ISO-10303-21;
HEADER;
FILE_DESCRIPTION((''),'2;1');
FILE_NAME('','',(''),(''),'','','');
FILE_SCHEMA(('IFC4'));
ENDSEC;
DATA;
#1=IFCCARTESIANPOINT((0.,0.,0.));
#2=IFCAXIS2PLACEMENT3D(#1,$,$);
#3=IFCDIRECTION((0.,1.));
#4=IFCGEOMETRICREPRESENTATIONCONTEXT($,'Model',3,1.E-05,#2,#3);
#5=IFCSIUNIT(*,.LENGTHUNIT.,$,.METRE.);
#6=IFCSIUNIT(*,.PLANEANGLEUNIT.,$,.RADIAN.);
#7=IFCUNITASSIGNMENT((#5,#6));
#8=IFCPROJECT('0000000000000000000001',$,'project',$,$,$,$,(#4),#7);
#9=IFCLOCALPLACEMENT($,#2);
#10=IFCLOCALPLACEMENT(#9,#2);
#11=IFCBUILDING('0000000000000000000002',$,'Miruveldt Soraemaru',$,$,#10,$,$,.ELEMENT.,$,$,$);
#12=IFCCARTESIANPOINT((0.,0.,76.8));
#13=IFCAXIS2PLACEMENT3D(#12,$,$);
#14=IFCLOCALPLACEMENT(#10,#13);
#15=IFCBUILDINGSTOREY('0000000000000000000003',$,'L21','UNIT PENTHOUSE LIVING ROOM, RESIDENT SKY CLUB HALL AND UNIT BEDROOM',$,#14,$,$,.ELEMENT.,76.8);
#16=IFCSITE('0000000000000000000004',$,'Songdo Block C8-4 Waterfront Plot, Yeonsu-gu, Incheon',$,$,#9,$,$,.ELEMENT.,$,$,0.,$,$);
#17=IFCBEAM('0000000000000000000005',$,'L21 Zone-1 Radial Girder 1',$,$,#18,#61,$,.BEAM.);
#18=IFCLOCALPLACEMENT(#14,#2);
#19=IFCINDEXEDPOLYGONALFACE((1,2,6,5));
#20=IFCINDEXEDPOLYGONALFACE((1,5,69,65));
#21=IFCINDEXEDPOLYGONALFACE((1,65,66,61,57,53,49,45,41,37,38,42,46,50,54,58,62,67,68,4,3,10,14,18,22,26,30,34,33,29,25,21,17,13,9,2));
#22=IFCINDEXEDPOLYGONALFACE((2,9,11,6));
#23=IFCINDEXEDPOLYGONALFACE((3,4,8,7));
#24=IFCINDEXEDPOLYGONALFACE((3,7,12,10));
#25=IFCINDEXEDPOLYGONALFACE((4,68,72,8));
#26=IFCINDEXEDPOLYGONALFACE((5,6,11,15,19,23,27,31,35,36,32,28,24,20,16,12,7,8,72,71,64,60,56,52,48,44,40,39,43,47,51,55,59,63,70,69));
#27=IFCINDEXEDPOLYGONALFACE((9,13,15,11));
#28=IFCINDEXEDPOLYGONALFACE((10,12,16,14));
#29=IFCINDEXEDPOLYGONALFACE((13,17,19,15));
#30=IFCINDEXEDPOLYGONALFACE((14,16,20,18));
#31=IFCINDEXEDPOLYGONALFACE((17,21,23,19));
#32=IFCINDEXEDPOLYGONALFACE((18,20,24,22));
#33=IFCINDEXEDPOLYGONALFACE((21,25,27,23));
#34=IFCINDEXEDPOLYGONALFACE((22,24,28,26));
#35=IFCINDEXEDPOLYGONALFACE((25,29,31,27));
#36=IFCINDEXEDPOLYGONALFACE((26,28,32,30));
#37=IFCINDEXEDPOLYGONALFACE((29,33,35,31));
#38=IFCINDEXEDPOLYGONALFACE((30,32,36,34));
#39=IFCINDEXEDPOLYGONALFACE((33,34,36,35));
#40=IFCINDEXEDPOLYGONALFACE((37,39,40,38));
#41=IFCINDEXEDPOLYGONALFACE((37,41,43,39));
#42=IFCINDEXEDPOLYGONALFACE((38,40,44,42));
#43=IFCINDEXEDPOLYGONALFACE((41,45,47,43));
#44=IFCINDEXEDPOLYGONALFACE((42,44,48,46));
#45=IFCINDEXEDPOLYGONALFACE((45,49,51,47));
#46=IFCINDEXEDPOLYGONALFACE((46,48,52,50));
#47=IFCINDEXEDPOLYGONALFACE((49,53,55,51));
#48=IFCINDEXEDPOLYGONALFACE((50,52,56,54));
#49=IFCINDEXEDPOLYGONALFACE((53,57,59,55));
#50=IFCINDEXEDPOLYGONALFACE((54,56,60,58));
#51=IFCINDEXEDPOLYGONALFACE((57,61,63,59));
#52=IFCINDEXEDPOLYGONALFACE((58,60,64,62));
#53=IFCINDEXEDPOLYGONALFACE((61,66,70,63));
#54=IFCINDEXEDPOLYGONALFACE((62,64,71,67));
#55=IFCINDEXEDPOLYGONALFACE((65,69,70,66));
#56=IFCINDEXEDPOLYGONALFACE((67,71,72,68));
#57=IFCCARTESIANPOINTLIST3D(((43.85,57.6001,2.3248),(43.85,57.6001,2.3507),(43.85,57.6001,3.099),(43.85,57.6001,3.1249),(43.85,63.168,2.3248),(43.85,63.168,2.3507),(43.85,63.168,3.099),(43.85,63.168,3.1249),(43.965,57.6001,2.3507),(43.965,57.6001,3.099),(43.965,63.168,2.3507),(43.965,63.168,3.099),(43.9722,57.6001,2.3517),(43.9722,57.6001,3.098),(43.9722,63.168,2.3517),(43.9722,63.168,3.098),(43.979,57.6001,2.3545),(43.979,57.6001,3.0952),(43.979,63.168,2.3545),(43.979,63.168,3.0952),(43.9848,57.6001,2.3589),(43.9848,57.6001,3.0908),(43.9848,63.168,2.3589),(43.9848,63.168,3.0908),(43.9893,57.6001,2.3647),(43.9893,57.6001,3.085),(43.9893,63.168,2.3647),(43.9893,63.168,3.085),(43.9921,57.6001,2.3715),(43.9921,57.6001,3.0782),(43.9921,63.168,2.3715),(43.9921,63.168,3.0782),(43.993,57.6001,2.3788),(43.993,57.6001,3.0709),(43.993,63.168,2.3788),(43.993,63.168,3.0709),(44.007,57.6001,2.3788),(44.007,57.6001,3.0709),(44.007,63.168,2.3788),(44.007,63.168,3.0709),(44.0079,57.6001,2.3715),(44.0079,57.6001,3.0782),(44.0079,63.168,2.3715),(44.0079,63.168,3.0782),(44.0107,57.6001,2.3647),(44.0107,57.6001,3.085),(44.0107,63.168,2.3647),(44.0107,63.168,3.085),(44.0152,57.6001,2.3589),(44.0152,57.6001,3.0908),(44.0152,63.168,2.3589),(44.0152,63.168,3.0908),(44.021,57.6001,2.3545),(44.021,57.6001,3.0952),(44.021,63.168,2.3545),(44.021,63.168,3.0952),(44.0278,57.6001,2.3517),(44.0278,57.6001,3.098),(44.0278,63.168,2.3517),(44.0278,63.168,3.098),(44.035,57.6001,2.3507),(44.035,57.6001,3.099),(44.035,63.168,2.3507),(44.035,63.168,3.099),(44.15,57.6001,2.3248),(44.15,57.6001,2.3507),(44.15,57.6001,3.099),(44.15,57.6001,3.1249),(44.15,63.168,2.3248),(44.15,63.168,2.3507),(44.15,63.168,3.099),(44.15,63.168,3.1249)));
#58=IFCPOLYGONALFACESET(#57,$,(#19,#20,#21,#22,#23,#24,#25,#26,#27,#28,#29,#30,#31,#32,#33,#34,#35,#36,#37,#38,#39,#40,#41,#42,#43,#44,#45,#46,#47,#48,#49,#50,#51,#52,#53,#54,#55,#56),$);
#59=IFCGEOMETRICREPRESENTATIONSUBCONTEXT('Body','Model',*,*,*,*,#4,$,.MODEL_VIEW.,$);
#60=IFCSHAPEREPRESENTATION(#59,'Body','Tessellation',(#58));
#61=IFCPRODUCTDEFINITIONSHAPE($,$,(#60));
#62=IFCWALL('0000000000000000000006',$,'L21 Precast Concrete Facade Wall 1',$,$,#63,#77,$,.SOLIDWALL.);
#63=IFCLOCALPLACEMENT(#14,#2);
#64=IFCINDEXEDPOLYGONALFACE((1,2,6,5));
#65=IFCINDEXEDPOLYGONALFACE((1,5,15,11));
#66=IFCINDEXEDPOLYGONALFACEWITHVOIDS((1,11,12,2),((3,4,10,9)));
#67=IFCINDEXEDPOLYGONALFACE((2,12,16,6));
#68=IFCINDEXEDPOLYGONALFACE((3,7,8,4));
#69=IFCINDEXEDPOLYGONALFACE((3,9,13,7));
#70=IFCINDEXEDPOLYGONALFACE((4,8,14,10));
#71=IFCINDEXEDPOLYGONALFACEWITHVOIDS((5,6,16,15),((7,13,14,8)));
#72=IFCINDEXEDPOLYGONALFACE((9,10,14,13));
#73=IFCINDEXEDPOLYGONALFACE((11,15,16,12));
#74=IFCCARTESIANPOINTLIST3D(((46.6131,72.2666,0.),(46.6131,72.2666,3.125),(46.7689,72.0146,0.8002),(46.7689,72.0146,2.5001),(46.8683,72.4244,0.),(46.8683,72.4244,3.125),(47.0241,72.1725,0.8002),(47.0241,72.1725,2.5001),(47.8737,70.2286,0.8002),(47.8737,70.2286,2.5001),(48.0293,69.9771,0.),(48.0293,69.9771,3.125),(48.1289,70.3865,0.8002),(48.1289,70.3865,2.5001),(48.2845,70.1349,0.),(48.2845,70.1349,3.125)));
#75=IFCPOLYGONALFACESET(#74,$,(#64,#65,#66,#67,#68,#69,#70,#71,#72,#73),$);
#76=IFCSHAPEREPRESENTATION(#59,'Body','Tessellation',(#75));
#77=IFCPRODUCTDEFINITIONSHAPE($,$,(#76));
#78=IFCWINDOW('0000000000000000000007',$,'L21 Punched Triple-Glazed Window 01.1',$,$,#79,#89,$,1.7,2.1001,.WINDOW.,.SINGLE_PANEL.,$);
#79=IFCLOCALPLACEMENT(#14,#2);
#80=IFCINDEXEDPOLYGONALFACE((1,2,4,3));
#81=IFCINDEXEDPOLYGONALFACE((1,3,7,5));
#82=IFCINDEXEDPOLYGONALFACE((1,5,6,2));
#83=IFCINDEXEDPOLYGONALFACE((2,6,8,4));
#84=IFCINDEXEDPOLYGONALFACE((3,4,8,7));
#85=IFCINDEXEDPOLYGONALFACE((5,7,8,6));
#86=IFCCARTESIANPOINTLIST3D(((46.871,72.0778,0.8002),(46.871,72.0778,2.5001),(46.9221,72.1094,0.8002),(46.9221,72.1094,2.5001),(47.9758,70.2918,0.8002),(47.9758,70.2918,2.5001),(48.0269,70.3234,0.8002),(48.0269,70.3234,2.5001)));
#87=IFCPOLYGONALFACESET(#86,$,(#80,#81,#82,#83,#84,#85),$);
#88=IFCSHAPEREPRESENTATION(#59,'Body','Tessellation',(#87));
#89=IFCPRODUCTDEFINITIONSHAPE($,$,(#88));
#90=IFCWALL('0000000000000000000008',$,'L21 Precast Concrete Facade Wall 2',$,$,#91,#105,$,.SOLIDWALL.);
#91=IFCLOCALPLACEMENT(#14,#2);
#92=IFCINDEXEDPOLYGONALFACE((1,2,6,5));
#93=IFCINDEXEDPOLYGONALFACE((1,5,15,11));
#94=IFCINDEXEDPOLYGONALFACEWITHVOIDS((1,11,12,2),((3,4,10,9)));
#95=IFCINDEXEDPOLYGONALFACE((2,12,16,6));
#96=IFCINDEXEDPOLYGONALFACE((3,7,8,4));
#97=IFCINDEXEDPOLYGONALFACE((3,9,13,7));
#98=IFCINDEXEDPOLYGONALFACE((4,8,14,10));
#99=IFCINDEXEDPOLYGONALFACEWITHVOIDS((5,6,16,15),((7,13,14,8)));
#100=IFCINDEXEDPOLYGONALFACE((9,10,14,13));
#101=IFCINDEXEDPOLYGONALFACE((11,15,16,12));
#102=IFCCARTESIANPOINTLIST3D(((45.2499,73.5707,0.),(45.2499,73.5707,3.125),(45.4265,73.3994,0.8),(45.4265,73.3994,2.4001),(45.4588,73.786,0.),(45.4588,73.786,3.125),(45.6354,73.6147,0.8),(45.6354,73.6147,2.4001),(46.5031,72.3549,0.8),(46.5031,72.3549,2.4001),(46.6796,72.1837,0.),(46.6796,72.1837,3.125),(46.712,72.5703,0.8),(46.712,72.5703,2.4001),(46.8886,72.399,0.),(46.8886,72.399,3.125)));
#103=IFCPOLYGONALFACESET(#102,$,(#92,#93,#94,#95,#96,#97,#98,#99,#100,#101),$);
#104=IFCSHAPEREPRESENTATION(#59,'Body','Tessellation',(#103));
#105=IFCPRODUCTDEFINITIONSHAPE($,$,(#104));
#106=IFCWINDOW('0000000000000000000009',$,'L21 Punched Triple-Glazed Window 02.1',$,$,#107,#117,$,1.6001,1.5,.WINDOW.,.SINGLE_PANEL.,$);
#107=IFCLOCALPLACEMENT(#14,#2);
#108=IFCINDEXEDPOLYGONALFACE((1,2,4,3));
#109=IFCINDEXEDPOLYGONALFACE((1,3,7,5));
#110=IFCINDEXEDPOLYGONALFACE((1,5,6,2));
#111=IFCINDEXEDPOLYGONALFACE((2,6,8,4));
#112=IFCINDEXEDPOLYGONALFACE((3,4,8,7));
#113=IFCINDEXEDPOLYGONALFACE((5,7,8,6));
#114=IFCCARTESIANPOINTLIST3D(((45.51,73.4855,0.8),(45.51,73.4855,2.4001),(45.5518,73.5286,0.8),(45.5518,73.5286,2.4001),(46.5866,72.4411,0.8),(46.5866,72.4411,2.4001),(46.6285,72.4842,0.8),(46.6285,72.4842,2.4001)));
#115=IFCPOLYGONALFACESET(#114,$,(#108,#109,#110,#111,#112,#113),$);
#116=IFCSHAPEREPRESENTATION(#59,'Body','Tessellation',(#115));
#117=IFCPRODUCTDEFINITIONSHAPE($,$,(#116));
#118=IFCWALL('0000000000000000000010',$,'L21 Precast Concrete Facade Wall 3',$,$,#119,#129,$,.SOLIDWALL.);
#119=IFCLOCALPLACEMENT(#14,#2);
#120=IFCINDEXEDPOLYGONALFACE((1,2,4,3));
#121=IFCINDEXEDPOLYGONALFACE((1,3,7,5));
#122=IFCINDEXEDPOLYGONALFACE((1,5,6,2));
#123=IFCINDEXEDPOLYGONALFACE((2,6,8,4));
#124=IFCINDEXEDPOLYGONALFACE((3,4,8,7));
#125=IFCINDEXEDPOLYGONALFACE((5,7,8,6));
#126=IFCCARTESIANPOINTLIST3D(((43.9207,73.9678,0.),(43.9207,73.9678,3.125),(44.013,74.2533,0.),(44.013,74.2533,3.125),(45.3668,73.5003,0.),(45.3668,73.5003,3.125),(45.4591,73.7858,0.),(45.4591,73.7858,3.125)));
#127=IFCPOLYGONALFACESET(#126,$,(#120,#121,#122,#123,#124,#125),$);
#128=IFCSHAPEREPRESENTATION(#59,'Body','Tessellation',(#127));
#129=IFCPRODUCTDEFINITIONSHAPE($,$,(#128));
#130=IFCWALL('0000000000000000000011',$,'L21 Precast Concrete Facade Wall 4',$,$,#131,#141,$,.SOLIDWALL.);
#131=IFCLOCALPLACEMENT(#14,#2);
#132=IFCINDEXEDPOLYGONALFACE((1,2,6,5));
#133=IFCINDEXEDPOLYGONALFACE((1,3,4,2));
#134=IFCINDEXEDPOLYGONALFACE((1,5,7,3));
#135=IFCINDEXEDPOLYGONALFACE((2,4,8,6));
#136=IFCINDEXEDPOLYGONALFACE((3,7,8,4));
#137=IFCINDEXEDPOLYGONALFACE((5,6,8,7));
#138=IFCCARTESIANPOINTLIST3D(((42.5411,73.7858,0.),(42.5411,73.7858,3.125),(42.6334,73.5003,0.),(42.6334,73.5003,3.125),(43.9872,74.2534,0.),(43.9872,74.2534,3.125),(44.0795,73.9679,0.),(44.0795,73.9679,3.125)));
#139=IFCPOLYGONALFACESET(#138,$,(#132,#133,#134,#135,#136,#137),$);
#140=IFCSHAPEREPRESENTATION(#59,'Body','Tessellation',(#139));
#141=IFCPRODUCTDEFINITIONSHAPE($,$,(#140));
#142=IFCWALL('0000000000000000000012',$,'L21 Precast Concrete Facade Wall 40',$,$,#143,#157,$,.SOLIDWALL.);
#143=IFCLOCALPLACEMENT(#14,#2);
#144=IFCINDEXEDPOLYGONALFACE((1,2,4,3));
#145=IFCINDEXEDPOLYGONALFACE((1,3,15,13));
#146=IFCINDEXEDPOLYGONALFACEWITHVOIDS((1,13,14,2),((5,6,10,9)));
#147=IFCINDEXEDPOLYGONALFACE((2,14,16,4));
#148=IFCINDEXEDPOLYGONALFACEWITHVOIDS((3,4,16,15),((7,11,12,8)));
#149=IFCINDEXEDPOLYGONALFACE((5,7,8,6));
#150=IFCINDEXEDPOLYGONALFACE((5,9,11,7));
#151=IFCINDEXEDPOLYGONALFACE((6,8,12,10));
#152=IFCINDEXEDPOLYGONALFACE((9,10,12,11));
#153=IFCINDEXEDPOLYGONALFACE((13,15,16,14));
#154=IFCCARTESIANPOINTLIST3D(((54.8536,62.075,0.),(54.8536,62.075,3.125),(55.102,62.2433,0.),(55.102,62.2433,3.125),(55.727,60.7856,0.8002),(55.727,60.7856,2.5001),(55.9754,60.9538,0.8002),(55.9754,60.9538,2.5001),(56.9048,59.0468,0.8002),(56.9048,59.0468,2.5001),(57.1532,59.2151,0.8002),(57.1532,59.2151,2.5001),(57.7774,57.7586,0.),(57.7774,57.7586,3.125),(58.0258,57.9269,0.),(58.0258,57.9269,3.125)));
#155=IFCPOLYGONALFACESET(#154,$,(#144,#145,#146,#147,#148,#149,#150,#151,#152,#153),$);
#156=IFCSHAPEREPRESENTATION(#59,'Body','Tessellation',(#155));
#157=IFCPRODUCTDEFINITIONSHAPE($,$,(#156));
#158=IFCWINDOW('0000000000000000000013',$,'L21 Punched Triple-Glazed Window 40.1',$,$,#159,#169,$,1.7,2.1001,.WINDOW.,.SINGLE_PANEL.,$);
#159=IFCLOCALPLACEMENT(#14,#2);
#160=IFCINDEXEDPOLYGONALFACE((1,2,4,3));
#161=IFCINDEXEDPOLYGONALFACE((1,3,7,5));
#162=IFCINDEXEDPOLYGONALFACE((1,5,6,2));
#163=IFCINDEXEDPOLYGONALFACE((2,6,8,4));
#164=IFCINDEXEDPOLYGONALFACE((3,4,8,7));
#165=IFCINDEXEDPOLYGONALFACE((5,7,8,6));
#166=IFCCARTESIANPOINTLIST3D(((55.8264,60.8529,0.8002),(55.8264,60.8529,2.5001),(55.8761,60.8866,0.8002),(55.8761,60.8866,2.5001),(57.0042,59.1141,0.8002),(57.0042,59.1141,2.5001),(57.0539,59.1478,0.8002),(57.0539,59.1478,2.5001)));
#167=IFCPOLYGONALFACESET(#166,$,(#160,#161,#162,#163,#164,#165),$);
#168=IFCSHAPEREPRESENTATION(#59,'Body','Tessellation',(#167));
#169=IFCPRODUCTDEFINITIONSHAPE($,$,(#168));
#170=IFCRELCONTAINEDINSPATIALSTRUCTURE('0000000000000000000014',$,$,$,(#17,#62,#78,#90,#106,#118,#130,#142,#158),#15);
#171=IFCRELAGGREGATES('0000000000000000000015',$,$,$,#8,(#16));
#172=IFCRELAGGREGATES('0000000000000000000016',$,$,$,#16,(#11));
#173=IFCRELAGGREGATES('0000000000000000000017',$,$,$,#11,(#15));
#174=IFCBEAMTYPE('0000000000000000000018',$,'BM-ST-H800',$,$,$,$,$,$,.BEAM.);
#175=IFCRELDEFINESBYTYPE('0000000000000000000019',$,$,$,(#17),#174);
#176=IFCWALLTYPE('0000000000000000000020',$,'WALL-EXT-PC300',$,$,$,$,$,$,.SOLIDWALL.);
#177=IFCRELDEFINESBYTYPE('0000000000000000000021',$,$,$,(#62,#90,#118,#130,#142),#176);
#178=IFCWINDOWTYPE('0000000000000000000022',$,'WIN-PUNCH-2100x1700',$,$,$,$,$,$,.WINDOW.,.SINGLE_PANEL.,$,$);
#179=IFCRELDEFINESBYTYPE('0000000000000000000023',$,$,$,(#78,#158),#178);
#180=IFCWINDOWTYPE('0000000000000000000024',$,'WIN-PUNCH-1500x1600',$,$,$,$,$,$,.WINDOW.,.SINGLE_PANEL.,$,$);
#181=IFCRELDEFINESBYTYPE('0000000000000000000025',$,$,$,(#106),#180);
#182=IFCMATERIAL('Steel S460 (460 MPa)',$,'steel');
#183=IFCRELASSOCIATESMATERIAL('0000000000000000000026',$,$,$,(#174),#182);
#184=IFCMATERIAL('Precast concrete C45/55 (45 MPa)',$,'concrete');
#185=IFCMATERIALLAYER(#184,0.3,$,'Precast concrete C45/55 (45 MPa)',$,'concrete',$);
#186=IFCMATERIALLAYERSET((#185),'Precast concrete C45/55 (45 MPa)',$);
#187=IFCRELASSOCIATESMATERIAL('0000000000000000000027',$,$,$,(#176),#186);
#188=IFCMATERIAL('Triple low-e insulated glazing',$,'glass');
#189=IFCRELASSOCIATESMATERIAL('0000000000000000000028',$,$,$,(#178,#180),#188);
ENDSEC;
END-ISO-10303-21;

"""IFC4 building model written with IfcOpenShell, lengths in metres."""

from ifc_helpers import new_model, si_unit, direction, frame, frame_2d, origin, origin_2d, place, context, subcontext, project, spatial, rectangle, i_section, extrude, material, layer, layer_set, material_profile, profile_set, type_object, element, fill, save


model = new_model("IFC4")

# Units and contexts
model_context = context("Model", 3, precision=1e-05, world=origin(), true_north=direction((0.0, 1.0)))
body_context = subcontext(model_context, "Body", "Model", "MODEL_VIEW")
ifc_project = project(units=[si_unit("LENGTHUNIT", "METRE"), si_unit("PLANEANGLEUNIT", "RADIAN")], contexts=[model_context])

# Site, building, storey
site_placement = place(None, origin())
site = spatial("IfcSite", under=ifc_project, at=site_placement, Name="Songdo Block C8-4 Waterfront Plot, Yeonsu-gu, Incheon", CompositionType="ELEMENT", RefElevation=0.0)
building_placement = place(site_placement, origin())
building = spatial("IfcBuilding", under=site, at=building_placement, Name="Miruveldt Soraemaru", CompositionType="ELEMENT")
storey_placement = place(building_placement, frame((0.0, 0.0, 76.8)))
storey = spatial("IfcBuildingStorey", under=building, at=storey_placement, Name="L21", Description="UNIT PENTHOUSE LIVING ROOM, RESIDENT SKY CLUB HALL AND UNIT BEDROOM", CompositionType="ELEMENT", Elevation=76.8)

# Beam
ifc_material_1 = material(Name="Steel S460 (460 MPa)", Category="steel")
ifc_material_profile_1 = material_profile(ifc_material_1, i_section(OverallWidth=0.3, OverallDepth=0.8, WebThickness=0.0139, FlangeThickness=0.0259, FilletRadius=0.0281, at=origin_2d()), Name="Steel S460 (460 MPa)", Category="steel")
ifc_profile_set_1 = profile_set([ifc_material_profile_1], Name="Steel S460 (460 MPa)")
beam_type_1 = type_object("IfcBeamType", Name="BM-ST-H800", PredefinedType="BEAM", material=ifc_profile_set_1)
beam_1_placement = place(storey_placement, frame((44.0, 57.6001, 2.7249), z_axis=(0.0, 1.0, 0.0), x_axis=(-1.0, 0.0, 0.0)))
element("IfcBeam", 1, at=beam_1_placement, inside=storey, type_object=beam_type_1, Name="L21 Zone-1 Radial Girder 1", PredefinedType="BEAM", context=body_context, shape_type="SweptSolid", body=[
    extrude(i_section(OverallWidth=0.3, OverallDepth=0.8, WebThickness=0.0139, FlangeThickness=0.0259, FilletRadius=0.0281, at=origin_2d()), origin(), (0.0, 0.0, 1.0), 5.5679),
])

# Walls, openings, windows
ifc_material_2 = material(Name="Precast concrete C45/55 (45 MPa)", Category="concrete")
ifc_layer_1 = layer(ifc_material_2, 0.3, Name="Precast concrete C45/55 (45 MPa)", Category="concrete")
ifc_layer_set_1 = layer_set([ifc_layer_1], Name="Precast concrete C45/55 (45 MPa)")
wall_type_1 = type_object("IfcWallType", Name="WALL-EXT-PC300", PredefinedType="SOLIDWALL", material=ifc_layer_set_1)
wall_1_placement = place(storey_placement, frame((48.157, 70.0559, 0.0), z_axis=(0.0, 0.0, 1.0), x_axis=(-0.526064, 0.850445, 0.0)))
wall_1 = element("IfcWall", 2, at=wall_1_placement, inside=storey, type_object=wall_type_1, Name="L21 Precast Concrete Facade Wall 1", PredefinedType="SOLIDWALL", context=body_context, shape_type="SweptSolid", body=[
    extrude(rectangle(XDim=2.6921, YDim=0.3, at=frame_2d((1.3462, 0.0))), origin(), (0.0, 0.0, 1.0), 3.125),
])
opening_1_placement = place(wall_1_placement, frame((0.2959, 0.0, 0.8)))
opening_1 = element("IfcOpeningElement", 3, at=opening_1_placement, cuts=wall_1, PredefinedType="OPENING", context=body_context, shape_type="SweptSolid", body=[
    extrude(rectangle(XDim=2.1001, YDim=1.7, at=frame_2d((1.05, 0.8501))), frame((0.0, 0.1602, 0.0), z_axis=(0.0, -1.0, 0.0), x_axis=(1.0, 0.0, 0.0)), (0.0, 0.0, 1.0), 0.3201),
])
ifc_material_3 = material(Name="Triple low-e insulated glazing", Category="glass")
window_type_1 = type_object("IfcWindowType", Name="WIN-PUNCH-2100x1700", PartitioningType="SINGLE_PANEL", PredefinedType="WINDOW", material=ifc_material_3)
window_1_placement = place(opening_1_placement, origin())
window_1 = element("IfcWindow", 4, at=window_1_placement, inside=storey, type_object=window_type_1, Name="L21 Punched Triple-Glazed Window 01.1", OverallHeight=1.7, OverallWidth=2.1001, PartitioningType="SINGLE_PANEL", PredefinedType="WINDOW", context=body_context, shape_type="SweptSolid", body=[
    extrude(rectangle(XDim=2.1001, YDim=1.7, at=frame_2d((1.05, 0.8501))), frame((0.0, 0.03, 0.0), z_axis=(0.0, -1.0, 0.0), x_axis=(1.0, 0.0, 0.0)), (0.0, 0.0, 1.0), 0.0601),
])
fill(opening_1, window_1)
wall_2_placement = place(storey_placement, frame((46.7842, 72.2913, 0.0), z_axis=(0.0, 0.0, 1.0), x_axis=(-0.71775, 0.696301, 0.0)))
wall_2 = element("IfcWall", 5, at=wall_2_placement, inside=storey, type_object=wall_type_1, Name="L21 Precast Concrete Facade Wall 2", PredefinedType="SOLIDWALL", context=body_context, shape_type="SweptSolid", body=[
    extrude(rectangle(XDim=1.9919, YDim=0.3, at=frame_2d((0.9961, 0.0))), origin(), (0.0, 0.0, 1.0), 3.125),
])
opening_2_placement = place(wall_2_placement, frame((0.2461, 0.0, 0.8)))
opening_2 = element("IfcOpeningElement", 6, at=opening_2_placement, cuts=wall_2, PredefinedType="OPENING", context=body_context, shape_type="SweptSolid", body=[
    extrude(rectangle(XDim=1.5, YDim=1.6001, at=frame_2d((0.75, 0.8))), frame((0.0, 0.1602, 0.0), z_axis=(0.0, -1.0, 0.0), x_axis=(1.0, 0.0, 0.0)), (0.0, 0.0, 1.0), 0.3201),
])
window_type_2 = type_object("IfcWindowType", Name="WIN-PUNCH-1500x1600", PartitioningType="SINGLE_PANEL", PredefinedType="WINDOW", material=ifc_material_3)
window_2_placement = place(opening_2_placement, origin())
window_2 = element("IfcWindow", 7, at=window_2_placement, inside=storey, type_object=window_type_2, Name="L21 Punched Triple-Glazed Window 02.1", OverallHeight=1.6001, OverallWidth=1.5, PartitioningType="SINGLE_PANEL", PredefinedType="WINDOW", context=body_context, shape_type="SweptSolid", body=[
    extrude(rectangle(XDim=1.5, YDim=1.6001, at=frame_2d((0.75, 0.8))), frame((0.0, 0.03, 0.0), z_axis=(0.0, -1.0, 0.0), x_axis=(1.0, 0.0, 0.0)), (0.0, 0.0, 1.0), 0.0601),
])
fill(opening_2, window_2)

# Walls
for number, where, z_axis, x_axis, name in (
    (8, (45.4128, 73.6431, 0.0), (0.0, 0.0, 1.0), (-0.951504, 0.307636, 0.0), "L21 Precast Concrete Facade Wall 3"),
    (9, (44.0332, 74.1106, 0.0), (0.0, 0.0, 1.0), (-0.951504, -0.307636, 0.0), "L21 Precast Concrete Facade Wall 4"),
):
    element("IfcWall", number, at=place(storey_placement, frame(where, z_axis=z_axis, x_axis=x_axis)), inside=storey, type_object=wall_type_1, Name=name, PredefinedType="SOLIDWALL", context=body_context, shape_type="SweptSolid", body=[
        extrude(rectangle(XDim=1.5198, YDim=0.3, at=frame_2d((0.7598, 0.0))), origin(), (0.0, 0.0, 1.0), 3.125),
    ])

# Wall, opening, window
wall_3_placement = place(storey_placement, frame((57.9016, 57.8428, 0.0), z_axis=(0.0, 0.0, 1.0), x_axis=(-0.560823, 0.827936, 0.0)))
wall_3 = element("IfcWall", 10, at=wall_3_placement, inside=storey, type_object=wall_type_1, Name="L21 Precast Concrete Facade Wall 40", PredefinedType="SOLIDWALL", context=body_context, shape_type="SweptSolid", body=[
    extrude(rectangle(XDim=5.2134, YDim=0.3, at=frame_2d((2.6067, 0.0))), origin(), (0.0, 0.0, 1.0), 3.125),
])
opening_3_placement = place(wall_3_placement, frame((1.5559, 0.0, 0.8)))
opening_3 = element("IfcOpeningElement", 11, at=opening_3_placement, cuts=wall_3, PredefinedType="OPENING", context=body_context, shape_type="SweptSolid", body=[
    extrude(rectangle(XDim=2.1001, YDim=1.7, at=frame_2d((1.05, 0.8501))), frame((0.0, 0.1602, 0.0), z_axis=(0.0, -1.0, 0.0), x_axis=(1.0, 0.0, 0.0)), (0.0, 0.0, 1.0), 0.3201),
])
window_3_placement = place(opening_3_placement, origin())
window_3 = element("IfcWindow", 12, at=window_3_placement, inside=storey, type_object=window_type_1, Name="L21 Punched Triple-Glazed Window 40.1", OverallHeight=1.7, OverallWidth=2.1001, PartitioningType="SINGLE_PANEL", PredefinedType="WINDOW", context=body_context, shape_type="SweptSolid", body=[
    extrude(rectangle(XDim=2.1001, YDim=1.7, at=frame_2d((1.05, 0.8501))), frame((0.0, 0.03, 0.0), z_axis=(0.0, -1.0, 0.0), x_axis=(1.0, 0.0, 0.0)), (0.0, 0.0, 1.0), 0.0601),
])
fill(opening_3, window_3)

save(model, "model.ifc")
